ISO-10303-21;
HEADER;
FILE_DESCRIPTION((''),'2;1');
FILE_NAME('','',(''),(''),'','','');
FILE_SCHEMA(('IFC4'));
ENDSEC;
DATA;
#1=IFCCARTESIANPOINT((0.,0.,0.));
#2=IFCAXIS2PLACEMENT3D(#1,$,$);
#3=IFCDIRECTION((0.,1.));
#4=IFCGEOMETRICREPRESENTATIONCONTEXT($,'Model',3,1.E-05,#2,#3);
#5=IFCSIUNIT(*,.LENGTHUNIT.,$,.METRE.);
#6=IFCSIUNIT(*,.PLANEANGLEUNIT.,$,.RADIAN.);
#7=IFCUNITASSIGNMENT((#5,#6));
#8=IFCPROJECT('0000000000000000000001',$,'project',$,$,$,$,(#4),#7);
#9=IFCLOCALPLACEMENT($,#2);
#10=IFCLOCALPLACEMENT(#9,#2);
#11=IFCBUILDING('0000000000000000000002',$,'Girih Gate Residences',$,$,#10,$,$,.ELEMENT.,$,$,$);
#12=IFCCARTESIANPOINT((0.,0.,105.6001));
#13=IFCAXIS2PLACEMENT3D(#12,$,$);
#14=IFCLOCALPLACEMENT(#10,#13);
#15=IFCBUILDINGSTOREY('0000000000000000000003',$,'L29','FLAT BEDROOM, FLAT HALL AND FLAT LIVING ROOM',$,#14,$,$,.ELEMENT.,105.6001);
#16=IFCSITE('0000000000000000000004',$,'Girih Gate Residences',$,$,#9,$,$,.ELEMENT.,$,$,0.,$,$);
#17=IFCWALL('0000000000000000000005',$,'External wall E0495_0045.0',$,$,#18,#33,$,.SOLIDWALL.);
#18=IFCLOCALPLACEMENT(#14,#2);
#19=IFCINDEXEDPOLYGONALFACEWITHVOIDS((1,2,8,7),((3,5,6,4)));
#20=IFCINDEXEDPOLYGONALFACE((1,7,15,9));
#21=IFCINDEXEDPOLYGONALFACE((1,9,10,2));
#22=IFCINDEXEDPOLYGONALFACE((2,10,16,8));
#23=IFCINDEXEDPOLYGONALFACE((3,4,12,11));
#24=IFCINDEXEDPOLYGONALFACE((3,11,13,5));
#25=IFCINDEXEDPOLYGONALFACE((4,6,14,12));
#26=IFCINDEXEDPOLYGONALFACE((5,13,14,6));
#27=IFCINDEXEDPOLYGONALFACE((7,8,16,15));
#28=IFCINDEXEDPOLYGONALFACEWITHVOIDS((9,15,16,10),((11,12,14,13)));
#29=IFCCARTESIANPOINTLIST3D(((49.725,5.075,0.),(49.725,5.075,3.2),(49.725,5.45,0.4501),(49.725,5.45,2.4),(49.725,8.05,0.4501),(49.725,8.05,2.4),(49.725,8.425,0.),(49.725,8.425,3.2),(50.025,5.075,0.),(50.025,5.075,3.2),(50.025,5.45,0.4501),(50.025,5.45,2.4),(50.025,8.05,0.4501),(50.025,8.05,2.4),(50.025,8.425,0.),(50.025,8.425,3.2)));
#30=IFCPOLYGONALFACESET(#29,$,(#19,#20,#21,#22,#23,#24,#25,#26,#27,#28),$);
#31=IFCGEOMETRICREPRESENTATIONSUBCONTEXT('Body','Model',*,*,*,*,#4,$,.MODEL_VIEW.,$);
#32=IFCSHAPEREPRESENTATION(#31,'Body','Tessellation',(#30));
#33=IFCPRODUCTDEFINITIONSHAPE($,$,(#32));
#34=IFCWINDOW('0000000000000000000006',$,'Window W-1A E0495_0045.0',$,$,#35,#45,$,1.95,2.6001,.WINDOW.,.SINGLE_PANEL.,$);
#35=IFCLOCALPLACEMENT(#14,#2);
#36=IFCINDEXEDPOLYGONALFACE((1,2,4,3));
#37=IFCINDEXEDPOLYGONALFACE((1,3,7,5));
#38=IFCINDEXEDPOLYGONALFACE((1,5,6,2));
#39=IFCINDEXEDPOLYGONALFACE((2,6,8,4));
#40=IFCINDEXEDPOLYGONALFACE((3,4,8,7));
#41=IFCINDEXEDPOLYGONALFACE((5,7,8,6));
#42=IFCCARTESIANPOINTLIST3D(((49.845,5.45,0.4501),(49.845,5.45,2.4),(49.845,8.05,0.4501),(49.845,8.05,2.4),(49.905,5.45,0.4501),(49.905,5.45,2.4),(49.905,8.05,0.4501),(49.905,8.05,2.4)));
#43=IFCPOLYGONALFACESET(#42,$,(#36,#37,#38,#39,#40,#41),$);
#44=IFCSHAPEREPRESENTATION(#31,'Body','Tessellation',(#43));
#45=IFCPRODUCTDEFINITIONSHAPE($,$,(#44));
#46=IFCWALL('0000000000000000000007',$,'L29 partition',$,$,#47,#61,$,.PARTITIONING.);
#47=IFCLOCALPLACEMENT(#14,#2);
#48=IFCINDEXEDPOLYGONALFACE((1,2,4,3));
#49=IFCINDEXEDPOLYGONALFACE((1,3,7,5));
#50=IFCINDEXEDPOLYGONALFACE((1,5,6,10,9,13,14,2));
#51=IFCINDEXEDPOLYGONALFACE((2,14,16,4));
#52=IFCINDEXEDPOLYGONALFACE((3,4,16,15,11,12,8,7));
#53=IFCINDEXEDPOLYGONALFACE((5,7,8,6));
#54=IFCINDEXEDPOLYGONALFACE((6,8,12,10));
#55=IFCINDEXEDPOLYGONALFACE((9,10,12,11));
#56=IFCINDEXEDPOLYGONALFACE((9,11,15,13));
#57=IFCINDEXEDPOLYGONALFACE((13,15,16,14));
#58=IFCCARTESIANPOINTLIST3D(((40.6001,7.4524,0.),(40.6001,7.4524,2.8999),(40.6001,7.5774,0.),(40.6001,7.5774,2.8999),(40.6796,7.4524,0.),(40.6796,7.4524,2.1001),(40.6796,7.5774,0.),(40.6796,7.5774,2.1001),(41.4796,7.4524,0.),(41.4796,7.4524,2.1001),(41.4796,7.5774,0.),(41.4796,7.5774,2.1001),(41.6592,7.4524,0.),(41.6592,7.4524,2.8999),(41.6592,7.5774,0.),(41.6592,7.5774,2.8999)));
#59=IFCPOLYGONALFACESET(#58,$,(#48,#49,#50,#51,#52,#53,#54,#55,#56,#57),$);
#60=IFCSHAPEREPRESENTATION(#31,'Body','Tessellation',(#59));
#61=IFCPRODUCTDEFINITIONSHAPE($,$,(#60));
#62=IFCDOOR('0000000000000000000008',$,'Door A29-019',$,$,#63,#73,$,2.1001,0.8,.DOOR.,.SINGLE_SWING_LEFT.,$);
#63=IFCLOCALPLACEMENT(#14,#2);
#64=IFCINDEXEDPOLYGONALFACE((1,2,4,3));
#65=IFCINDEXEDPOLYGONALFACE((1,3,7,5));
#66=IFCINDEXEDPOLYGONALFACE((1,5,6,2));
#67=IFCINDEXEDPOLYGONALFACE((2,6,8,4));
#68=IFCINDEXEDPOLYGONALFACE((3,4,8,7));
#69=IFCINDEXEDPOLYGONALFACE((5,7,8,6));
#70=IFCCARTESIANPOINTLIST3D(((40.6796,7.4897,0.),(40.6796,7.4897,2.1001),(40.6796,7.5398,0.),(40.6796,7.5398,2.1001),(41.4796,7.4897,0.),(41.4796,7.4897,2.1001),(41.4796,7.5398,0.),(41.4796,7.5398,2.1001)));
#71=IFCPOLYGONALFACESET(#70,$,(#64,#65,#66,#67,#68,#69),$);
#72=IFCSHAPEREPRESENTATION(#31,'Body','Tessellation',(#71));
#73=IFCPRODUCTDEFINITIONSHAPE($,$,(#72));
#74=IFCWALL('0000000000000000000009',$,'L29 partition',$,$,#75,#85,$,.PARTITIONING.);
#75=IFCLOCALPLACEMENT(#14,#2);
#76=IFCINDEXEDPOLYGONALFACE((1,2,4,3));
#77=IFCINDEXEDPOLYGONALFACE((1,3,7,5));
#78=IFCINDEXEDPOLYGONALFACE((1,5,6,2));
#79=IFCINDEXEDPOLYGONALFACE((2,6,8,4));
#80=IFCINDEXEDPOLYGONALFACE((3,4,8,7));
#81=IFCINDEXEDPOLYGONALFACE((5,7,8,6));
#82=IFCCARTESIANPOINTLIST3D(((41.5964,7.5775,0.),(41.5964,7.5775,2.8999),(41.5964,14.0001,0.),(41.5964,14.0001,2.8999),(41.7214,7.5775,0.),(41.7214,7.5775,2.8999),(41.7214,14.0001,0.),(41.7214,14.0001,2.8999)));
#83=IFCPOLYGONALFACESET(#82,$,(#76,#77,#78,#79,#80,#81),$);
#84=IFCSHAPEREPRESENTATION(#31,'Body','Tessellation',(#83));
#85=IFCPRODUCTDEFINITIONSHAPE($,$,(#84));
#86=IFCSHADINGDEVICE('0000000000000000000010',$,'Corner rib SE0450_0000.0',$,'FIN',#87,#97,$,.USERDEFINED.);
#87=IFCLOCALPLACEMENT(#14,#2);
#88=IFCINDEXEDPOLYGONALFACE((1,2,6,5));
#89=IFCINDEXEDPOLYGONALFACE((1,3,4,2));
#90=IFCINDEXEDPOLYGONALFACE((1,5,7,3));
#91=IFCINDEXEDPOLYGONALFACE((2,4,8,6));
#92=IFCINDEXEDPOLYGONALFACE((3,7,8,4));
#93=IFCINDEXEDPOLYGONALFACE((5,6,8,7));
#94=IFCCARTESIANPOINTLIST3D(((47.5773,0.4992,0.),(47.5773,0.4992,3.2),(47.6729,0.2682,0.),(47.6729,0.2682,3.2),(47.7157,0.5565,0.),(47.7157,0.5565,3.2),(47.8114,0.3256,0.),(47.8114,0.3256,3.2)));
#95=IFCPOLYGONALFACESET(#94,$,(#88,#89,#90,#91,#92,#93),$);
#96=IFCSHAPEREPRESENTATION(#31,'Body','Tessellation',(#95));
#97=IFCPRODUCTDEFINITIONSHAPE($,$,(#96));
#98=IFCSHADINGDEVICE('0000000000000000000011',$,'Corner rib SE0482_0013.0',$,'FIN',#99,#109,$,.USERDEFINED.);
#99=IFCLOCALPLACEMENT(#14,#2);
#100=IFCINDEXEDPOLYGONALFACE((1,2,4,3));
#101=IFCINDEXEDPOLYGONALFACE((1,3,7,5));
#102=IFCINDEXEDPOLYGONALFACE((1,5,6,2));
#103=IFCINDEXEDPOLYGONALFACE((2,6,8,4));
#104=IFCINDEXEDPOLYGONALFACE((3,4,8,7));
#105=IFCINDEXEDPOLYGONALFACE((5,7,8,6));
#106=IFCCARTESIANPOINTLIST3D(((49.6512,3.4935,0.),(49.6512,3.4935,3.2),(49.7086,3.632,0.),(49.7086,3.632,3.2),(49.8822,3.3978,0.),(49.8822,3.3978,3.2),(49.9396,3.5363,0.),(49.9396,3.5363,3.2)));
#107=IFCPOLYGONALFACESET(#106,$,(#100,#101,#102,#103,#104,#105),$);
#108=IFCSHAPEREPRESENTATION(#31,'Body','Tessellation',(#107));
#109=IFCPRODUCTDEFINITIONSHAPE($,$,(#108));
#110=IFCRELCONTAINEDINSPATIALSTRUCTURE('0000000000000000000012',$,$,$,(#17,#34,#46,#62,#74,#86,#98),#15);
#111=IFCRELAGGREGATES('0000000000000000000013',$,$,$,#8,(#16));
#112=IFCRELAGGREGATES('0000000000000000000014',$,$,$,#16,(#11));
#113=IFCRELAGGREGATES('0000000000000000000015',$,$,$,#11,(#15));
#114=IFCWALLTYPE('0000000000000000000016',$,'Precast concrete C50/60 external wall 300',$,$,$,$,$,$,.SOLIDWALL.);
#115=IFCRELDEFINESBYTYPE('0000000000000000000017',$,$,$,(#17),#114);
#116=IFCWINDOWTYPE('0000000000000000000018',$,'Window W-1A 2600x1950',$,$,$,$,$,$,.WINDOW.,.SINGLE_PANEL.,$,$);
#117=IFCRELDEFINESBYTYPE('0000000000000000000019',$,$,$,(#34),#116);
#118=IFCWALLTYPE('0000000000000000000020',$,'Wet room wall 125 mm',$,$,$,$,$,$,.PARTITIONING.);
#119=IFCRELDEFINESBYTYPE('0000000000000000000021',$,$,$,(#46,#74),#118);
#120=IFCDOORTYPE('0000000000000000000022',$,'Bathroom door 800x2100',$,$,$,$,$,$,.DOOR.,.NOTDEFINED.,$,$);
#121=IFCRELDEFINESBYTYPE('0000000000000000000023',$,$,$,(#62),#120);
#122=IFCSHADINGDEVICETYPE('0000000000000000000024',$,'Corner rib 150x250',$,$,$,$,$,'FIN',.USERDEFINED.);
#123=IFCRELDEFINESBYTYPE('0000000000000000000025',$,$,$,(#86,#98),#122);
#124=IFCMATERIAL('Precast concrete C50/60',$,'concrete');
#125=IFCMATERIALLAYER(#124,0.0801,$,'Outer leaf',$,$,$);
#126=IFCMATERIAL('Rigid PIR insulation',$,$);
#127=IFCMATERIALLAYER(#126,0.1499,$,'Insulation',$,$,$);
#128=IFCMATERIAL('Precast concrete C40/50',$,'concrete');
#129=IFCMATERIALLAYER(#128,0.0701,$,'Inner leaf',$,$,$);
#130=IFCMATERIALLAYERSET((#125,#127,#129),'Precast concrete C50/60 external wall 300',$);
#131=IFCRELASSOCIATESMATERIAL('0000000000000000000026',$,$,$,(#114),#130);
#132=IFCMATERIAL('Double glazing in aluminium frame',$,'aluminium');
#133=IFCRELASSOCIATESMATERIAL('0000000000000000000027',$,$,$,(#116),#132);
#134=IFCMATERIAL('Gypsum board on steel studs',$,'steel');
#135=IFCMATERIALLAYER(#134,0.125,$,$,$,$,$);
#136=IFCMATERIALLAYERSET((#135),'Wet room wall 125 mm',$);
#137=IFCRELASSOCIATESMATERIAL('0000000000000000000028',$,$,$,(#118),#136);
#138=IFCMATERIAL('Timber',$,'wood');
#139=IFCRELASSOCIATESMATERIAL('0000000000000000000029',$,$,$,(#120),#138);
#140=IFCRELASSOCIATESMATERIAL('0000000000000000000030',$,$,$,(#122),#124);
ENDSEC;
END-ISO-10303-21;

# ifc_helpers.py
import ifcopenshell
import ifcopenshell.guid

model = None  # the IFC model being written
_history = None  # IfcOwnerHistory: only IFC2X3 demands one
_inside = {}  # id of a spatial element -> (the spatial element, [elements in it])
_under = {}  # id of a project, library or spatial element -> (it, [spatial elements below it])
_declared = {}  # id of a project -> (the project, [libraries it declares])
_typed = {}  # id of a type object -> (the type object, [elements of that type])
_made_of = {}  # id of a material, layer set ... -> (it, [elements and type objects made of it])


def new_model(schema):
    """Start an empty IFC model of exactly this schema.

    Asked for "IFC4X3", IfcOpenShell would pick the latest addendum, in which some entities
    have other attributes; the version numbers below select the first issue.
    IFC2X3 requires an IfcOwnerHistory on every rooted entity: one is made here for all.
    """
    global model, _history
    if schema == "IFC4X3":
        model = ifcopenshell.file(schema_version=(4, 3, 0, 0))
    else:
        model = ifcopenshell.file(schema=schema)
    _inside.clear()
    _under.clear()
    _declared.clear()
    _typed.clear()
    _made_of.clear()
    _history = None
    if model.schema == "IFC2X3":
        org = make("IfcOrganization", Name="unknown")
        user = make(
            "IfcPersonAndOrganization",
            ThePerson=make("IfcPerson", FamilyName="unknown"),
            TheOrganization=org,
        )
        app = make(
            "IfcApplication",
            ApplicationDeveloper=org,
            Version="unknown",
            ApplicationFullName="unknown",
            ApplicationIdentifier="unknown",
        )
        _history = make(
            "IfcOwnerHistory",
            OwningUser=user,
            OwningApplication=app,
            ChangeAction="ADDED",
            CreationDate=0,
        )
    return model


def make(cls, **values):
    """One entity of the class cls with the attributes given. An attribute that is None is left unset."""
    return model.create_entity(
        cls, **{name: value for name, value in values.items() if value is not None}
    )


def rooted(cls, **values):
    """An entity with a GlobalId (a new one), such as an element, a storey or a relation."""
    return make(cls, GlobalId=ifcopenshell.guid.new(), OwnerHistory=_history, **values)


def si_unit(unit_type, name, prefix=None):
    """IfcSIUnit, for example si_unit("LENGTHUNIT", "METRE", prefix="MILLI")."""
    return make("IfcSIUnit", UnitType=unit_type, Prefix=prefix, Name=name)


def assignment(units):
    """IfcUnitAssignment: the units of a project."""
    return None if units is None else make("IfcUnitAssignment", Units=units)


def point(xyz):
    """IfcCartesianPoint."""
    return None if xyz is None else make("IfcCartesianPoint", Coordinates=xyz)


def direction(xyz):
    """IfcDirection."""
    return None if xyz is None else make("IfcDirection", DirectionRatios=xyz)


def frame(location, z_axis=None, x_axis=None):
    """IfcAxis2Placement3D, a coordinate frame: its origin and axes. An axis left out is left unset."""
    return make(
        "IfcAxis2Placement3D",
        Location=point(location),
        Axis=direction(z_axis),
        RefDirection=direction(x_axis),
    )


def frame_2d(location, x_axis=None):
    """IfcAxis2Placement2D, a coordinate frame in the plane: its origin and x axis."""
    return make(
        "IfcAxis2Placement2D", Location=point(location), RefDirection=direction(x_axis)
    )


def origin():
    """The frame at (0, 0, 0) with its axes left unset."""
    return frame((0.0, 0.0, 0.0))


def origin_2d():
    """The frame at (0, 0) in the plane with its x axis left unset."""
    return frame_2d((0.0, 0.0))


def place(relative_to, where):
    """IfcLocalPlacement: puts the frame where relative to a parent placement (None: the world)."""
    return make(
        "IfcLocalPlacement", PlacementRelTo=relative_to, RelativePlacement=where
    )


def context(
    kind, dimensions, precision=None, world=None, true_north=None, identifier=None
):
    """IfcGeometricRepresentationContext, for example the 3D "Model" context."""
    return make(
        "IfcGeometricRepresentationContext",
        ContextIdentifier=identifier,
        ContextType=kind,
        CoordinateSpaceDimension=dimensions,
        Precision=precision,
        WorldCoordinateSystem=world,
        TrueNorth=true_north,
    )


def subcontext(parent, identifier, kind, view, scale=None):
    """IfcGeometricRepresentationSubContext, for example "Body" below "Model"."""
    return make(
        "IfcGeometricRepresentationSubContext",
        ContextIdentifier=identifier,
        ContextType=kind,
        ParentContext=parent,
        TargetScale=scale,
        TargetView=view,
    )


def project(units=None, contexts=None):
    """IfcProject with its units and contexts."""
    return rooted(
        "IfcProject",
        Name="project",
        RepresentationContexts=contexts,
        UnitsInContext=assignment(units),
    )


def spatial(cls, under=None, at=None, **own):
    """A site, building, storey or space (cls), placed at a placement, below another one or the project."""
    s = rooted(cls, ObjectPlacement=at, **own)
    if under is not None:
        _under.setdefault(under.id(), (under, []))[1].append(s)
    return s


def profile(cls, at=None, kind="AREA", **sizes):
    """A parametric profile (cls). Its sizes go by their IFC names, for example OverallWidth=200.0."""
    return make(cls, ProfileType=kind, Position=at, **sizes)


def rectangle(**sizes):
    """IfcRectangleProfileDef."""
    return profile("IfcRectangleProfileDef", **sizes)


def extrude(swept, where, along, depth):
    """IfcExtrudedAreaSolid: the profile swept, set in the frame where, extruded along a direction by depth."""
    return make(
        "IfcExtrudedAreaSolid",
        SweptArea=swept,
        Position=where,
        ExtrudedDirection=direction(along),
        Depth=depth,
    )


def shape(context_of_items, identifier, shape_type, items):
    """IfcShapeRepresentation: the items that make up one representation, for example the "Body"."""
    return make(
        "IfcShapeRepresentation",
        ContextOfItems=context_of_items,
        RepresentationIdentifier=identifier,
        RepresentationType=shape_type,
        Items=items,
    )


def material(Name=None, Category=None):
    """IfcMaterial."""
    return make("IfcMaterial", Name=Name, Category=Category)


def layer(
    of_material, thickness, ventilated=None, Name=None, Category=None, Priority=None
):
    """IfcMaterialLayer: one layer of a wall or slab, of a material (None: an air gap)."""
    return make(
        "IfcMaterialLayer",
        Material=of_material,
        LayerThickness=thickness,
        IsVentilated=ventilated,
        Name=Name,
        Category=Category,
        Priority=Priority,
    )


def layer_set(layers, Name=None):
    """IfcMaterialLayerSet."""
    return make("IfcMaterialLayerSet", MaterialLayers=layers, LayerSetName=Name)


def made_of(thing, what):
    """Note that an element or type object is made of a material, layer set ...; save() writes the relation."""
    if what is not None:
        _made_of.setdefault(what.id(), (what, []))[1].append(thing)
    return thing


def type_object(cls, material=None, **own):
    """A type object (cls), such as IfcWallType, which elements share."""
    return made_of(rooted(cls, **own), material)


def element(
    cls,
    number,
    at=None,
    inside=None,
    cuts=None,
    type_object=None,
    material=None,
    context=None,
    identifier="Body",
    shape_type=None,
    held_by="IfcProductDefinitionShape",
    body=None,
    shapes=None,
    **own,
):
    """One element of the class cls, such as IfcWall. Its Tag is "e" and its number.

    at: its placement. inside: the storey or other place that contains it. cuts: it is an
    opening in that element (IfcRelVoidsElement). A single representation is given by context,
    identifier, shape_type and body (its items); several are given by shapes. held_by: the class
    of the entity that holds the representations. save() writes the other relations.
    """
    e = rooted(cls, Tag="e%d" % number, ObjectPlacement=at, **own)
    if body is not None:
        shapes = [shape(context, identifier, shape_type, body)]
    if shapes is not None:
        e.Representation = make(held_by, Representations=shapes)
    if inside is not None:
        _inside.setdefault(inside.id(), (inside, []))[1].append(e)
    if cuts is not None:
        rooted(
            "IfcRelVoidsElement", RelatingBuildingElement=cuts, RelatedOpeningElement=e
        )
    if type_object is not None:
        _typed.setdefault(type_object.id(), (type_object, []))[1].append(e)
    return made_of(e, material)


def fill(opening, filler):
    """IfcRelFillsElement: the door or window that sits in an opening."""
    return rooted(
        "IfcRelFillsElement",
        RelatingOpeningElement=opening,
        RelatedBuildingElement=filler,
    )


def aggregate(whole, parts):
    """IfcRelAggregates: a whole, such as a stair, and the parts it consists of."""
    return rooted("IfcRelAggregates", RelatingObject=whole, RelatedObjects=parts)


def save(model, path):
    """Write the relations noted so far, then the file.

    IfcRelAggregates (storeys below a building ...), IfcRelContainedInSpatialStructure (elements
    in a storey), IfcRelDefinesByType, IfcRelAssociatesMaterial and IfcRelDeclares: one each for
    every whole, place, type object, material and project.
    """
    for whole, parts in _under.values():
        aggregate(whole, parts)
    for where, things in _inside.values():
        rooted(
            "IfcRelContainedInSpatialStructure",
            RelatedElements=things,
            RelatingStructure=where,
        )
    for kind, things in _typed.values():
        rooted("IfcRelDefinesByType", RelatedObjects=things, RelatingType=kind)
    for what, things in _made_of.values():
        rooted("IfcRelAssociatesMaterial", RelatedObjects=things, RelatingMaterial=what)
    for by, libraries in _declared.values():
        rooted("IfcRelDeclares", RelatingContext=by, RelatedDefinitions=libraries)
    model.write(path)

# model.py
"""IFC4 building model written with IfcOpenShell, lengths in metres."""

from ifc_helpers import new_model, si_unit, direction, frame, frame_2d, origin, origin_2d, place, context, subcontext, project, spatial, rectangle, extrude, material, layer, layer_set, type_object, element, fill, save


model = new_model("IFC4")

# Units and contexts
model_context = context("Model", 3, precision=1e-05, world=origin(), true_north=direction((0.0, 1.0)))
body_context = subcontext(model_context, "Body", "Model", "MODEL_VIEW")
ifc_project = project(units=[si_unit("LENGTHUNIT", "METRE"), si_unit("PLANEANGLEUNIT", "RADIAN")], contexts=[model_context])

# Site, building, storey
site_placement = place(None, origin())
site = spatial("IfcSite", under=ifc_project, at=site_placement, Name="Girih Gate Residences", CompositionType="ELEMENT", RefElevation=0.0)
building_placement = place(site_placement, origin())
building = spatial("IfcBuilding", under=site, at=building_placement, Name="Girih Gate Residences", CompositionType="ELEMENT")
storey_placement = place(building_placement, frame((0.0, 0.0, 105.6001)))
storey = spatial("IfcBuildingStorey", under=building, at=storey_placement, Name="L29", Description="FLAT BEDROOM, FLAT HALL AND FLAT LIVING ROOM", CompositionType="ELEMENT", Elevation=105.6001)

# Shared definitions
ifc_material_1 = material(Name="Gypsum board on steel studs", Category="steel")
ifc_material_2 = material(Name="Timber", Category="wood")

# Wall, opening, window
ifc_material_3 = material(Name="Precast concrete C50/60", Category="concrete")
ifc_layer_1 = layer(ifc_material_3, 0.0801, Name="Outer leaf")
ifc_material_4 = material(Name="Rigid PIR insulation")
ifc_layer_2 = layer(ifc_material_4, 0.1499, Name="Insulation")
ifc_material_5 = material(Name="Precast concrete C40/50", Category="concrete")
ifc_layer_3 = layer(ifc_material_5, 0.0701, Name="Inner leaf")
ifc_layer_set_1 = layer_set([ifc_layer_1, ifc_layer_2, ifc_layer_3], Name="Precast concrete C50/60 external wall 300")
wall_type_1 = type_object("IfcWallType", Name="Precast concrete C50/60 external wall 300", PredefinedType="SOLIDWALL", material=ifc_layer_set_1)
ifc_material_6 = material(Name="Double glazing in aluminium frame", Category="aluminium")
window_type_1 = type_object("IfcWindowType", Name="Window W-1A 2600x1950", PartitioningType="SINGLE_PANEL", PredefinedType="WINDOW", material=ifc_material_6)
wall_1_placement = place(storey_placement, frame((49.875, 8.425, 0.0), z_axis=(0.0, 0.0, 1.0), x_axis=(0.0, -1.0, 0.0)))
wall_1 = element("IfcWall", 1, at=wall_1_placement, inside=storey, type_object=wall_type_1, Name="External wall E0495_0045.0", PredefinedType="SOLIDWALL", context=body_context, shape_type="SweptSolid", body=[
    extrude(rectangle(XDim=3.3501, YDim=0.3, at=frame_2d((1.675, 0.0))), origin(), (0.0, 0.0, 1.0), 3.2),
])
opening_1_placement = place(wall_1_placement, frame((0.375, 0.0, 0.45)))
opening_1 = element("IfcOpeningElement", 2, at=opening_1_placement, cuts=wall_1, PredefinedType="OPENING", context=body_context, shape_type="SweptSolid", body=[
    extrude(rectangle(XDim=2.6001, YDim=1.95, at=frame_2d((1.3, 0.9751))), frame((0.0, 0.1599, 0.0), z_axis=(0.0, -1.0, 0.0), x_axis=(1.0, 0.0, 0.0)), (0.0, 0.0, 1.0), 0.3201),
])
window_1_placement = place(opening_1_placement, origin())
window_1 = element("IfcWindow", 3, at=window_1_placement, inside=storey, type_object=window_type_1, Name="Window W-1A E0495_0045.0", OverallHeight=1.95, OverallWidth=2.6001, PartitioningType="SINGLE_PANEL", PredefinedType="WINDOW", context=body_context, shape_type="SweptSolid", body=[
    extrude(rectangle(XDim=2.6001, YDim=1.95, at=frame_2d((1.3, 0.9751))), frame((0.0, 0.03, 0.0), z_axis=(0.0, -1.0, 0.0), x_axis=(1.0, 0.0, 0.0)), (0.0, 0.0, 1.0), 0.0601),
])
fill(opening_1, window_1)

# Wall, opening, door
ifc_layer_4 = layer(ifc_material_1, 0.125)
ifc_layer_set_2 = layer_set([ifc_layer_4], Name="Wet room wall 125 mm")
wall_type_2 = type_object("IfcWallType", Name="Wet room wall 125 mm", PredefinedType="PARTITIONING", material=ifc_layer_set_2)
wall_2_placement = place(storey_placement, frame((40.6001, 7.5149, 0.0), z_axis=(0.0, 0.0, 1.0), x_axis=(1.0, 0.0, 0.0)))
wall_2 = element("IfcWall", 4, at=wall_2_placement, inside=storey, type_object=wall_type_2, Name="L29 partition", PredefinedType="PARTITIONING", context=body_context, shape_type="SweptSolid", body=[
    extrude(rectangle(XDim=1.0591, YDim=0.125, at=frame_2d((0.5295, 0.0))), origin(), (0.0, 0.0, 1.0), 2.8999),
])
opening_2_placement = place(wall_2_placement, frame((0.0796, 0.0, 0.0)))
opening_2 = element("IfcOpeningElement", 5, at=opening_2_placement, cuts=wall_2, PredefinedType="OPENING", context=body_context, shape_type="SweptSolid", body=[
    extrude(rectangle(XDim=0.8, YDim=2.1001, at=frame_2d((0.3999, 1.05))), frame((0.0, 0.0725, 0.0), z_axis=(0.0, -1.0, 0.0), x_axis=(1.0, 0.0, 0.0)), (0.0, 0.0, 1.0), 0.145),
])
door_type_1 = type_object("IfcDoorType", Name="Bathroom door 800x2100", OperationType="NOTDEFINED", PredefinedType="DOOR", material=ifc_material_2)
door_1_placement = place(opening_2_placement, origin())
door_1 = element("IfcDoor", 6, at=door_1_placement, inside=storey, type_object=door_type_1, Name="Door A29-019", OperationType="SINGLE_SWING_LEFT", OverallHeight=2.1001, OverallWidth=0.8, PredefinedType="DOOR", context=body_context, shape_type="SweptSolid", body=[
    extrude(rectangle(XDim=0.8, YDim=2.1001, at=frame_2d((0.3999, 1.05))), frame((0.0, 0.0249, 0.0), z_axis=(0.0, -1.0, 0.0), x_axis=(1.0, 0.0, 0.0)), (0.0, 0.0, 1.0), 0.05),
])
fill(opening_2, door_1)

# Wall
wall_3_placement = place(storey_placement, frame((41.6589, 7.5774, 0.0), z_axis=(0.0, 0.0, 1.0), x_axis=(0.0, 1.0, 0.0)))
element("IfcWall", 7, at=wall_3_placement, inside=storey, type_object=wall_type_2, Name="L29 partition", PredefinedType="PARTITIONING", context=body_context, shape_type="SweptSolid", body=[
    extrude(rectangle(XDim=6.4226, YDim=0.125, at=frame_2d((3.2114, 0.0))), origin(), (0.0, 0.0, 1.0), 2.8999),
])

# Shading devices
shading_device_type = type_object("IfcShadingDeviceType", Name="Corner rib 150x250", ElementType="FIN", PredefinedType="USERDEFINED", material=ifc_material_3)
for number, where, z_axis, x_axis, name in (
    (8, (47.6943, 0.4124, 0.0), (0.0, 0.0, 1.0), (0.92388, 0.382683, 0.0), "Corner rib SE0450_0000.0"),
    (9, (49.7954, 3.5149, 0.0), (0.0, 0.0, 1.0), (0.382683, 0.92388, 0.0), "Corner rib SE0482_0013.0"),
):
    element("IfcShadingDevice", number, at=place(storey_placement, frame(where, z_axis=z_axis, x_axis=x_axis)), inside=storey, type_object=shading_device_type, Name=name, ObjectType="FIN", PredefinedType="USERDEFINED", context=body_context, shape_type="SweptSolid", body=[
        extrude(rectangle(XDim=0.1499, YDim=0.25, at=origin_2d()), origin(), (0.0, 0.0, 1.0), 3.2),
    ])

save(model, "model.ifc")
